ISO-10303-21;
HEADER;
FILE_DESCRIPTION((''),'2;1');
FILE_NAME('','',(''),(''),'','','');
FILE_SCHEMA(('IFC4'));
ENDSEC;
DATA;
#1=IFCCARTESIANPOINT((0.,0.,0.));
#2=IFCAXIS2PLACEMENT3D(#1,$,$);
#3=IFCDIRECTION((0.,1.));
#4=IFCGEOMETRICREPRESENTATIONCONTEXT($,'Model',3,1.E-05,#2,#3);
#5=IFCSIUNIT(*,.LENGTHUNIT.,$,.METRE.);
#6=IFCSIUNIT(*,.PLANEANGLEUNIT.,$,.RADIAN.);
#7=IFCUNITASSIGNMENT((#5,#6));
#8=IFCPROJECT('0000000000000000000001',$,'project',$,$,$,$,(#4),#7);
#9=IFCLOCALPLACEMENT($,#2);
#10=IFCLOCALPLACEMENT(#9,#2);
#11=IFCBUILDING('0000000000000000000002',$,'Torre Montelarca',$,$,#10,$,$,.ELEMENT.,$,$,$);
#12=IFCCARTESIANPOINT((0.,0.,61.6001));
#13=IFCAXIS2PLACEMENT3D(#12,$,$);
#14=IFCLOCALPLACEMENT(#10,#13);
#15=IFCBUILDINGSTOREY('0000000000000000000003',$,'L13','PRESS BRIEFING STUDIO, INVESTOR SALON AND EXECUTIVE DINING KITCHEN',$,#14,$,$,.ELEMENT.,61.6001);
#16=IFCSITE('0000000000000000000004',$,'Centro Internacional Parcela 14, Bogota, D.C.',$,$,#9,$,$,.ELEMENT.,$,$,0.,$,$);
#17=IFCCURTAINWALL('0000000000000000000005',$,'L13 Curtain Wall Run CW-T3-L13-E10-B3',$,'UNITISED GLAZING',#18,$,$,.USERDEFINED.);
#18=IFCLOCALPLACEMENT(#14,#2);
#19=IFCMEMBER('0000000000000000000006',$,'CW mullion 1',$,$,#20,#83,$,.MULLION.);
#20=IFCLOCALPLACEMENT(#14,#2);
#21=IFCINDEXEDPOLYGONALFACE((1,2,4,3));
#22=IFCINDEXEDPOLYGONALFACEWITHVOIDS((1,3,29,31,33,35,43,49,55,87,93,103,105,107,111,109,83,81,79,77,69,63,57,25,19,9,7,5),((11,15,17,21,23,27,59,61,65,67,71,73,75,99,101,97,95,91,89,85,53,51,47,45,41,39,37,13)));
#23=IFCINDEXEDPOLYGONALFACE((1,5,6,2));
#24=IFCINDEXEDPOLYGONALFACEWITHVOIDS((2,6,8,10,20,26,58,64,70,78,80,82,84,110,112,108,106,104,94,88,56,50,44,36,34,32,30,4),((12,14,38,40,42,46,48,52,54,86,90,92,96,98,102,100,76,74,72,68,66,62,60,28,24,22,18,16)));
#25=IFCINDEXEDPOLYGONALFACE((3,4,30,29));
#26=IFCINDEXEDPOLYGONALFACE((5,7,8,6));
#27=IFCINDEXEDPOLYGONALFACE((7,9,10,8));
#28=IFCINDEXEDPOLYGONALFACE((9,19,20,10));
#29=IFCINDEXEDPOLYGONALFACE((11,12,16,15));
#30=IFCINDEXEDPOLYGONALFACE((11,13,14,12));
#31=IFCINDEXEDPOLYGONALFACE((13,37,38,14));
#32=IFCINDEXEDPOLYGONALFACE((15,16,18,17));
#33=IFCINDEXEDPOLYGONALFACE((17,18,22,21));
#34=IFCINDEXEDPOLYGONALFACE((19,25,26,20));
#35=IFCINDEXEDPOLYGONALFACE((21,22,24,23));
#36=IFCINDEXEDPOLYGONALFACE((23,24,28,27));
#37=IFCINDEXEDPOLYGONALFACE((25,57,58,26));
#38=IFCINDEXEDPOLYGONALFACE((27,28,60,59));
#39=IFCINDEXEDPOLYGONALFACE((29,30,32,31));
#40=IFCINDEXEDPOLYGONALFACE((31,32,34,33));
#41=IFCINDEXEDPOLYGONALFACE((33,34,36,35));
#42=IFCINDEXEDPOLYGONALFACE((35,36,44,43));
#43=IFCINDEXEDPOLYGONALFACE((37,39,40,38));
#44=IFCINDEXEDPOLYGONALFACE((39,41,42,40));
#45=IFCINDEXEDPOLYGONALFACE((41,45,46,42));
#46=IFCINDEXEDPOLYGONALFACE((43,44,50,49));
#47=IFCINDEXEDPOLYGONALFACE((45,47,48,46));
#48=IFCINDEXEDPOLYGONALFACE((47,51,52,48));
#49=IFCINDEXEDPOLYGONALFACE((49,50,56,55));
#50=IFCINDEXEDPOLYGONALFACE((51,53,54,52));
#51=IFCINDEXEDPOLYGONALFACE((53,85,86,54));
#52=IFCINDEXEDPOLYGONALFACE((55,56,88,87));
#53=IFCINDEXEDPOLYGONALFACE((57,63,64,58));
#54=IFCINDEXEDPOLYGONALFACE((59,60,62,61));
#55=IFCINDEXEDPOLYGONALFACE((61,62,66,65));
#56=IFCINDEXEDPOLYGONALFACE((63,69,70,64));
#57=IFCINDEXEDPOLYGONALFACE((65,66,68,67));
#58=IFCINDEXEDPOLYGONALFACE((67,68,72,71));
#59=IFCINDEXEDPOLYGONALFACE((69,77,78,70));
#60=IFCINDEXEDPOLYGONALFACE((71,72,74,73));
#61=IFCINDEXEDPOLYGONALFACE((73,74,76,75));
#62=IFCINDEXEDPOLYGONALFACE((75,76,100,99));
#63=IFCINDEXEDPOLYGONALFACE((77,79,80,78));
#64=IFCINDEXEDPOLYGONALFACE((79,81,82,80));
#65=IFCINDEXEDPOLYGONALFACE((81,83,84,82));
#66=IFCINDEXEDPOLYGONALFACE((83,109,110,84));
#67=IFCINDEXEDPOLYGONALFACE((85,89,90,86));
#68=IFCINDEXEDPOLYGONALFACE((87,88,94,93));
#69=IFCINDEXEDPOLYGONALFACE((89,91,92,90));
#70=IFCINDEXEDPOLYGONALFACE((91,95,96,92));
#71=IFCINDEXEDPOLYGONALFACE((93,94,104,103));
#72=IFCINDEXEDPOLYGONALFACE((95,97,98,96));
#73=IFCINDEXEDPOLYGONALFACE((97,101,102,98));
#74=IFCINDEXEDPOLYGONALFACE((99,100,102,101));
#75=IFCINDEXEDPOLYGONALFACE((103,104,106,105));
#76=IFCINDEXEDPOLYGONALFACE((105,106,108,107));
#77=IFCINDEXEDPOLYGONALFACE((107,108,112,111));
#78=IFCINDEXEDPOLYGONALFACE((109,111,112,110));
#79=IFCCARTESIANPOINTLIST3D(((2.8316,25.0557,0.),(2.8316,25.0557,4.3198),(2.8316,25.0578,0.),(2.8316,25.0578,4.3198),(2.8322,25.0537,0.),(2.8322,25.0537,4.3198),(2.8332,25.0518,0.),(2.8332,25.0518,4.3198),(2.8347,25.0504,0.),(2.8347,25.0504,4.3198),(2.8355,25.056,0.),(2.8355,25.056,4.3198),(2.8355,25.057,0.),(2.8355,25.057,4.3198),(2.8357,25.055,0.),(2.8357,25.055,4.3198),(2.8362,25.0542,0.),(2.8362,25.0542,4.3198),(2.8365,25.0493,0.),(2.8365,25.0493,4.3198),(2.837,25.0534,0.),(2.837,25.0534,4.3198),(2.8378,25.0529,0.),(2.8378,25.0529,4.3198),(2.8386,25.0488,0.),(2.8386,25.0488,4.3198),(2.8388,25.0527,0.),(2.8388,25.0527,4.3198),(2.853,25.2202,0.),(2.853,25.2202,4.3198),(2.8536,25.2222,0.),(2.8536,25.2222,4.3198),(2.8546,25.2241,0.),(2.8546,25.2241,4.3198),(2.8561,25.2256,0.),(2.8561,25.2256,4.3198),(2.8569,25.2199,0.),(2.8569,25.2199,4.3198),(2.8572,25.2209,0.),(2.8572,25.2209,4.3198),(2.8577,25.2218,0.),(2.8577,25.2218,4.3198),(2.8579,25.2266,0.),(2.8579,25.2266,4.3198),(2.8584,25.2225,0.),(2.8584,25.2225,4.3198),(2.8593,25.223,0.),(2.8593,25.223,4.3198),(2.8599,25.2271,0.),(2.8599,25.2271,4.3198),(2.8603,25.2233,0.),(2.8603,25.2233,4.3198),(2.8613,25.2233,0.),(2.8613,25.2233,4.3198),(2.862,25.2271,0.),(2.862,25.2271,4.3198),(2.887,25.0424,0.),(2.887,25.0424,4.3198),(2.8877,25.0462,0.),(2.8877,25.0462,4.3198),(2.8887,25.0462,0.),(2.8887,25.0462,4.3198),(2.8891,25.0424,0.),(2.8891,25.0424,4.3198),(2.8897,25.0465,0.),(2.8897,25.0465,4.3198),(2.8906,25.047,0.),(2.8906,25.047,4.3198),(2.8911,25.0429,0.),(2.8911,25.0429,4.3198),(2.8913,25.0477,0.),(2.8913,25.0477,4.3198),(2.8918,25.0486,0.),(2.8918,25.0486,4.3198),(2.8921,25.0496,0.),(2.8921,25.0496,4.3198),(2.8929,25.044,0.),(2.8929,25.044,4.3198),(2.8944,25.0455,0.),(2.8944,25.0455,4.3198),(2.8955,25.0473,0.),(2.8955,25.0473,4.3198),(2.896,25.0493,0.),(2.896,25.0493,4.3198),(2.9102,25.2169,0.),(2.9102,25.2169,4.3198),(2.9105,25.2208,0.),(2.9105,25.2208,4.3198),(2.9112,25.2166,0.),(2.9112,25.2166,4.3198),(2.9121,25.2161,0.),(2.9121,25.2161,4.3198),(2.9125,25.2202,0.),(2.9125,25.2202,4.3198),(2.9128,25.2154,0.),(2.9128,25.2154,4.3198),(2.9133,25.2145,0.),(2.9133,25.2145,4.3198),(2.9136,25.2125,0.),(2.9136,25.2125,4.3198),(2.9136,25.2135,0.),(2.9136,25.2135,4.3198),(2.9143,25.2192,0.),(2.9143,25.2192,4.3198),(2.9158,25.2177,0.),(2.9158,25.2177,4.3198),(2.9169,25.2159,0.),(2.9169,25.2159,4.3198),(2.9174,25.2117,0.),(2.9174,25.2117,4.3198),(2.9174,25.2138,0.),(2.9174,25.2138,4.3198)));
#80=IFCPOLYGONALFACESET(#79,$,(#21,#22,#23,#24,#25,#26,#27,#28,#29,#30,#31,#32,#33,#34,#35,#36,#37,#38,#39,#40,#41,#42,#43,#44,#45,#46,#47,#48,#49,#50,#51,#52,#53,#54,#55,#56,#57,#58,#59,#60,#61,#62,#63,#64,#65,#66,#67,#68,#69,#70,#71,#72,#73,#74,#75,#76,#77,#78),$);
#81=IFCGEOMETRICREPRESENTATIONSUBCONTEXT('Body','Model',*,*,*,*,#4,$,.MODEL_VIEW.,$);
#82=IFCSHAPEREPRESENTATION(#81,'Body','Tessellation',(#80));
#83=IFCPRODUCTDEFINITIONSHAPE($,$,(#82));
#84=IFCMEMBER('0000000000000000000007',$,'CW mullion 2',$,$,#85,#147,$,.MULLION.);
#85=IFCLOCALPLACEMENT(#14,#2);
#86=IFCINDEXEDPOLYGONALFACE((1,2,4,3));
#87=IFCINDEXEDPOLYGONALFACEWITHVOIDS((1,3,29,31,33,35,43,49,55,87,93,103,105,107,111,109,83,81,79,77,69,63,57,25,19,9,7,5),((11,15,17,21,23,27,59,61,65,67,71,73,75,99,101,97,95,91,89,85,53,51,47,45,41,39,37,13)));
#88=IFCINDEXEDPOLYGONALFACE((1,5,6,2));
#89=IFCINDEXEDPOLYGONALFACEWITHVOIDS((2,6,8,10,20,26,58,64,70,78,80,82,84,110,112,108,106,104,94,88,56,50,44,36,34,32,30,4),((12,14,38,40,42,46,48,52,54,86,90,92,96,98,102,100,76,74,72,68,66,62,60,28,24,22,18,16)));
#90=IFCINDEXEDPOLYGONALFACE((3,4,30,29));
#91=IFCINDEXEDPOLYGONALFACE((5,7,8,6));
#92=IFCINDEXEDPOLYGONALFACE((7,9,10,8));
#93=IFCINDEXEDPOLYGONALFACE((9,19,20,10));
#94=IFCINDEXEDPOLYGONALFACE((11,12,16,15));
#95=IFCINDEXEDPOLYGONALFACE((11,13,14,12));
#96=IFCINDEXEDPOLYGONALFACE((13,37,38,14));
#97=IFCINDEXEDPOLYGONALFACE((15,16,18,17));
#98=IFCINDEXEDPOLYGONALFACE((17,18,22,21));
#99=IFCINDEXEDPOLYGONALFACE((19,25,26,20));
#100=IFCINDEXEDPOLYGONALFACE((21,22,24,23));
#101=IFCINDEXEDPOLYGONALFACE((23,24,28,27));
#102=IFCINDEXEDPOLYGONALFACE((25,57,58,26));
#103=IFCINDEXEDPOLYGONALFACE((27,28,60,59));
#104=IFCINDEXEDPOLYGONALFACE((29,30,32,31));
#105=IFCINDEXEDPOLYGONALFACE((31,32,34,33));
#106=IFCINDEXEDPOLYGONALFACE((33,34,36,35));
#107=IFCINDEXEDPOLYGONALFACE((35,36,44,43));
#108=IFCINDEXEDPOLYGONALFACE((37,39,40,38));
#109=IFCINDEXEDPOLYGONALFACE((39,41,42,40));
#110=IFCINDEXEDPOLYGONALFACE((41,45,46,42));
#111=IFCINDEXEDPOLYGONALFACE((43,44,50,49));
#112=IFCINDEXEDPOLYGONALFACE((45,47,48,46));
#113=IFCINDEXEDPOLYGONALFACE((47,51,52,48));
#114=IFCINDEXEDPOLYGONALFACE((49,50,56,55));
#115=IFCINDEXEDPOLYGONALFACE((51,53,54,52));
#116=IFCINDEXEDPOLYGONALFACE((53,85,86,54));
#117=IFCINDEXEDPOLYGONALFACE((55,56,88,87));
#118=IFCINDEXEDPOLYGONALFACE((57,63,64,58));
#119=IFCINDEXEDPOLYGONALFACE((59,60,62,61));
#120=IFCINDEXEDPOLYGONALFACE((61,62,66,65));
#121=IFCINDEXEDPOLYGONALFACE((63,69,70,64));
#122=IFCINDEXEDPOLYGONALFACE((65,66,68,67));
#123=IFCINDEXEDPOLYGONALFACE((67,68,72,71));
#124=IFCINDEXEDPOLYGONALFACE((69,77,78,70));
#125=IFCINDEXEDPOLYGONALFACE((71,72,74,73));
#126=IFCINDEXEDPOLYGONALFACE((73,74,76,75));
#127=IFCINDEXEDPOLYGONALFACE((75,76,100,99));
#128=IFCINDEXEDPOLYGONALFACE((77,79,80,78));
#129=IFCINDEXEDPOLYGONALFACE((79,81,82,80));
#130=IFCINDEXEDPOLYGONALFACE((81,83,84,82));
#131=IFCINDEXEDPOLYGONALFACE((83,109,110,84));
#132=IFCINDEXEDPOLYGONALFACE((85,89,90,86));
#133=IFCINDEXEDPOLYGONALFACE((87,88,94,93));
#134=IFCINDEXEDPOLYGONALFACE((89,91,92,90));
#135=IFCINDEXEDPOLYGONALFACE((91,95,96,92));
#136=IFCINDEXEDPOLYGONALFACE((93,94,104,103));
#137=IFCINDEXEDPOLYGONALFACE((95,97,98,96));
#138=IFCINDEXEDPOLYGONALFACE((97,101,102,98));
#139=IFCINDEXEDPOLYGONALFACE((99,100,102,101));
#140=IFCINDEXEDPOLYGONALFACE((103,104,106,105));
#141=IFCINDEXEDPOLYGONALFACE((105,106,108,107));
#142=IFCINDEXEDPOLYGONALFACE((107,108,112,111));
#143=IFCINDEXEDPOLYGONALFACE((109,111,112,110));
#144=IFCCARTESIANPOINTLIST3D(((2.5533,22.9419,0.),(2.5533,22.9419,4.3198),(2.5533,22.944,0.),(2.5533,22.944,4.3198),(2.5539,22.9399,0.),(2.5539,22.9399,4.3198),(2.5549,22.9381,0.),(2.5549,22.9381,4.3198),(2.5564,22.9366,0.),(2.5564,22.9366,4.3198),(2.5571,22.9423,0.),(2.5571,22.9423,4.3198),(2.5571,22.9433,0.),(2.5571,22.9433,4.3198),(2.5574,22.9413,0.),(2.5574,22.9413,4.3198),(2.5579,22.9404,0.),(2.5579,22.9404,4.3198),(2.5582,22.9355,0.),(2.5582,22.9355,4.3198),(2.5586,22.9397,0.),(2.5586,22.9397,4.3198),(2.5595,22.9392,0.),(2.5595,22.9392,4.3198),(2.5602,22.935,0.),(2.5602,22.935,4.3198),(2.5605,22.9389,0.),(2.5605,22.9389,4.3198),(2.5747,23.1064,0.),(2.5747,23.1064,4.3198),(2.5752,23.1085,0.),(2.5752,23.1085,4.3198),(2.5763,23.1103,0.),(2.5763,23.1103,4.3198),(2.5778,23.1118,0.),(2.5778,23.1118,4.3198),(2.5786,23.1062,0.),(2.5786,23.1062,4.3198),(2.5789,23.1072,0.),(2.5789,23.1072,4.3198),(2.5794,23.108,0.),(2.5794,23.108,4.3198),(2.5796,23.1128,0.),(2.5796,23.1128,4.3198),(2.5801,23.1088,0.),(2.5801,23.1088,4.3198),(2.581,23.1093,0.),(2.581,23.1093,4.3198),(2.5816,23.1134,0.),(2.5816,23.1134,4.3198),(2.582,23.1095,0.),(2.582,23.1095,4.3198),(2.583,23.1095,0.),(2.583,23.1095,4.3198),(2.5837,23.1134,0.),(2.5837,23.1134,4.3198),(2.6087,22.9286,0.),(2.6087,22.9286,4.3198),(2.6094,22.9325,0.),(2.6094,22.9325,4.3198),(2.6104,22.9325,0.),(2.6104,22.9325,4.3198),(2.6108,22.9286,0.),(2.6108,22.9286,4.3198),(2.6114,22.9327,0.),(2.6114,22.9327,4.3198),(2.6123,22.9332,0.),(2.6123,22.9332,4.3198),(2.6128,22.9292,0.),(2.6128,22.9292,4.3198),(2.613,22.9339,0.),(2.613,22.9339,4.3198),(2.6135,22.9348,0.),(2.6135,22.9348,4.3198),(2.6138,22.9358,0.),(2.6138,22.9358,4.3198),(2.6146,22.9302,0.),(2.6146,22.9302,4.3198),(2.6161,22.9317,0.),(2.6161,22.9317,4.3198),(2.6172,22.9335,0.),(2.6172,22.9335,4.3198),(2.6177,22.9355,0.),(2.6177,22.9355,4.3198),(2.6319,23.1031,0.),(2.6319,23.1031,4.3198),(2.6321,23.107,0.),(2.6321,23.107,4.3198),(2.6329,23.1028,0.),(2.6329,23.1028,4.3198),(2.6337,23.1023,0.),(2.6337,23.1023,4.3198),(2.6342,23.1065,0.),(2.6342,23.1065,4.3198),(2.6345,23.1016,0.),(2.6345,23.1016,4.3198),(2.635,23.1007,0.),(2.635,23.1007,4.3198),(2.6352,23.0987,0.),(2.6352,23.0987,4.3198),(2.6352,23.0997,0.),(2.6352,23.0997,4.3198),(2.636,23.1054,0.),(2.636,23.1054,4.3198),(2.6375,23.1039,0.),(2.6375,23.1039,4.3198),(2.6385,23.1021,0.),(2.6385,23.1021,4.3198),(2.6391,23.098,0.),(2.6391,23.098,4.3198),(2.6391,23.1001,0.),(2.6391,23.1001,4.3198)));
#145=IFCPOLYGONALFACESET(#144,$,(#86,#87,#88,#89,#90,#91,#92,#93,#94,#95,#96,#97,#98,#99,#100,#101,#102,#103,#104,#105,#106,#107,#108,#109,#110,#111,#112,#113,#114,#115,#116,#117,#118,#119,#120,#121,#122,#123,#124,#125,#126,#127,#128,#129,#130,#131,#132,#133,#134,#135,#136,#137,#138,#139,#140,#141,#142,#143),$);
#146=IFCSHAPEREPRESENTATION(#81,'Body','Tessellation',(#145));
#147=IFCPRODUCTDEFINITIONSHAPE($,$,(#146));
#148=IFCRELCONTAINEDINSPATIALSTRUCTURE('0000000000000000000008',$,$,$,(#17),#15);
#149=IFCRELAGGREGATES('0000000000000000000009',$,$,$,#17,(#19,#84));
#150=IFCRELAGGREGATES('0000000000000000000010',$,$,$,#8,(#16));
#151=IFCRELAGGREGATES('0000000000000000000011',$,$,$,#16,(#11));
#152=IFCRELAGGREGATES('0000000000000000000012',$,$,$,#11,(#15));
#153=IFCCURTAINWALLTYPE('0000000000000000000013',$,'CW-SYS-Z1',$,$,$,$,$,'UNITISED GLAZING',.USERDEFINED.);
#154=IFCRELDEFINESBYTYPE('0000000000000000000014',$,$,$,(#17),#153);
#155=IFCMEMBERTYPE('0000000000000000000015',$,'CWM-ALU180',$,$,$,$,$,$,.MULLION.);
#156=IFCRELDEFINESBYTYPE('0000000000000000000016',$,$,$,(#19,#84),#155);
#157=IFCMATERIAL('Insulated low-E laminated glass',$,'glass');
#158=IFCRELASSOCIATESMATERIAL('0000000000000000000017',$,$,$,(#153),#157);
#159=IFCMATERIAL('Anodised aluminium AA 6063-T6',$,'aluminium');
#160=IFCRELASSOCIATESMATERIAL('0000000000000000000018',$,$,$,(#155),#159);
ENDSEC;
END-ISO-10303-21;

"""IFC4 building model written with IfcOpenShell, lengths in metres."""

from ifc_helpers import new_model, si_unit, direction, frame, origin, origin_2d, place, context, subcontext, project, spatial, hollow_rectangle, extrude, source, transform, mapped, material, material_profile, profile_set, type_object, element, aggregate, save


model = new_model("IFC4")

# Units and contexts
model_context = context("Model", 3, precision=1e-05, world=origin(), true_north=direction((0.0, 1.0)))
body_context = subcontext(model_context, "Body", "Model", "MODEL_VIEW")
ifc_project = project(units=[si_unit("LENGTHUNIT", "METRE"), si_unit("PLANEANGLEUNIT", "RADIAN")], contexts=[model_context])

# Site, building, storey
site_placement = place(None, origin())
site = spatial("IfcSite", under=ifc_project, at=site_placement, Name="Centro Internacional Parcela 14, Bogota, D.C.", CompositionType="ELEMENT", RefElevation=0.0)
building_placement = place(site_placement, origin())
building = spatial("IfcBuilding", under=site, at=building_placement, Name="Torre Montelarca", CompositionType="ELEMENT")
storey_placement = place(building_placement, frame((0.0, 0.0, 61.6001)))
storey = spatial("IfcBuildingStorey", under=building, at=storey_placement, Name="L13", Description="PRESS BRIEFING STUDIO, INVESTOR SALON AND EXECUTIVE DINING KITCHEN", CompositionType="ELEMENT", Elevation=61.6001)

# Curtain wall, members
ifc_material_1 = material(Name="Insulated low-E laminated glass", Category="glass")
curtain_wall_type = type_object("IfcCurtainWallType", Name="CW-SYS-Z1", ElementType="UNITISED GLAZING", PredefinedType="USERDEFINED", material=ifc_material_1)
ifc_material_2 = material(Name="Anodised aluminium AA 6063-T6", Category="aluminium")
curtain_wall_1_placement = place(storey_placement, origin())
curtain_wall_1 = element("IfcCurtainWall", 1, at=curtain_wall_1_placement, inside=storey, type_object=curtain_wall_type, Name="L13 Curtain Wall Run CW-T3-L13-E10-B3", ObjectType="UNITISED GLAZING", PredefinedType="USERDEFINED")
ifc_material_profile_1 = material_profile(ifc_material_2, hollow_rectangle(XDim=0.0649, YDim=0.1799, WallThickness=0.0039, InnerFilletRadius=0.0039, OuterFilletRadius=0.0081, at=origin_2d()), Name="ALU65X180X4", Category="aluminium")
ifc_profile_set_1 = profile_set([ifc_material_profile_1], Name="Anodised aluminium AA 6063-T6")
member_type_1 = type_object("IfcMemberType", Name="CWM-ALU180", PredefinedType="MULLION", material=ifc_profile_set_1)
shared_shape_1 = source(origin(), body_context, "Body", "SweptSolid", [
    extrude(hollow_rectangle(XDim=0.0649, YDim=0.1799, WallThickness=0.0039, InnerFilletRadius=0.0039, OuterFilletRadius=0.0081, at=origin_2d()), origin(), (0.0, 0.0, 1.0), 4.3198),
])
member_1_placement = place(storey_placement, frame((2.8745, 25.1348, 0.0), z_axis=(0.0, 0.0, 1.0), x_axis=(0.991447, -0.130508, 0.0)))
member_1 = element("IfcMember", 2, at=member_1_placement, type_object=member_type_1, Name="CW mullion 1", PredefinedType="MULLION", context=body_context, shape_type="MappedRepresentation", body=[
    mapped(shared_shape_1, transform((0.0, 0.0, 0.0), scale=1.0)),
])
member_2_placement = place(storey_placement, frame((2.5962, 23.021, 0.0), z_axis=(0.0, 0.0, 1.0), x_axis=(0.991447, -0.130508, 0.0)))
member_2 = element("IfcMember", 3, at=member_2_placement, type_object=member_type_1, Name="CW mullion 2", PredefinedType="MULLION", context=body_context, shape_type="MappedRepresentation", body=[
    mapped(shared_shape_1, transform((0.0, 0.0, 0.0), scale=1.0)),
])

aggregate(curtain_wall_1, [member_1, member_2])

save(model, "model.ifc")
